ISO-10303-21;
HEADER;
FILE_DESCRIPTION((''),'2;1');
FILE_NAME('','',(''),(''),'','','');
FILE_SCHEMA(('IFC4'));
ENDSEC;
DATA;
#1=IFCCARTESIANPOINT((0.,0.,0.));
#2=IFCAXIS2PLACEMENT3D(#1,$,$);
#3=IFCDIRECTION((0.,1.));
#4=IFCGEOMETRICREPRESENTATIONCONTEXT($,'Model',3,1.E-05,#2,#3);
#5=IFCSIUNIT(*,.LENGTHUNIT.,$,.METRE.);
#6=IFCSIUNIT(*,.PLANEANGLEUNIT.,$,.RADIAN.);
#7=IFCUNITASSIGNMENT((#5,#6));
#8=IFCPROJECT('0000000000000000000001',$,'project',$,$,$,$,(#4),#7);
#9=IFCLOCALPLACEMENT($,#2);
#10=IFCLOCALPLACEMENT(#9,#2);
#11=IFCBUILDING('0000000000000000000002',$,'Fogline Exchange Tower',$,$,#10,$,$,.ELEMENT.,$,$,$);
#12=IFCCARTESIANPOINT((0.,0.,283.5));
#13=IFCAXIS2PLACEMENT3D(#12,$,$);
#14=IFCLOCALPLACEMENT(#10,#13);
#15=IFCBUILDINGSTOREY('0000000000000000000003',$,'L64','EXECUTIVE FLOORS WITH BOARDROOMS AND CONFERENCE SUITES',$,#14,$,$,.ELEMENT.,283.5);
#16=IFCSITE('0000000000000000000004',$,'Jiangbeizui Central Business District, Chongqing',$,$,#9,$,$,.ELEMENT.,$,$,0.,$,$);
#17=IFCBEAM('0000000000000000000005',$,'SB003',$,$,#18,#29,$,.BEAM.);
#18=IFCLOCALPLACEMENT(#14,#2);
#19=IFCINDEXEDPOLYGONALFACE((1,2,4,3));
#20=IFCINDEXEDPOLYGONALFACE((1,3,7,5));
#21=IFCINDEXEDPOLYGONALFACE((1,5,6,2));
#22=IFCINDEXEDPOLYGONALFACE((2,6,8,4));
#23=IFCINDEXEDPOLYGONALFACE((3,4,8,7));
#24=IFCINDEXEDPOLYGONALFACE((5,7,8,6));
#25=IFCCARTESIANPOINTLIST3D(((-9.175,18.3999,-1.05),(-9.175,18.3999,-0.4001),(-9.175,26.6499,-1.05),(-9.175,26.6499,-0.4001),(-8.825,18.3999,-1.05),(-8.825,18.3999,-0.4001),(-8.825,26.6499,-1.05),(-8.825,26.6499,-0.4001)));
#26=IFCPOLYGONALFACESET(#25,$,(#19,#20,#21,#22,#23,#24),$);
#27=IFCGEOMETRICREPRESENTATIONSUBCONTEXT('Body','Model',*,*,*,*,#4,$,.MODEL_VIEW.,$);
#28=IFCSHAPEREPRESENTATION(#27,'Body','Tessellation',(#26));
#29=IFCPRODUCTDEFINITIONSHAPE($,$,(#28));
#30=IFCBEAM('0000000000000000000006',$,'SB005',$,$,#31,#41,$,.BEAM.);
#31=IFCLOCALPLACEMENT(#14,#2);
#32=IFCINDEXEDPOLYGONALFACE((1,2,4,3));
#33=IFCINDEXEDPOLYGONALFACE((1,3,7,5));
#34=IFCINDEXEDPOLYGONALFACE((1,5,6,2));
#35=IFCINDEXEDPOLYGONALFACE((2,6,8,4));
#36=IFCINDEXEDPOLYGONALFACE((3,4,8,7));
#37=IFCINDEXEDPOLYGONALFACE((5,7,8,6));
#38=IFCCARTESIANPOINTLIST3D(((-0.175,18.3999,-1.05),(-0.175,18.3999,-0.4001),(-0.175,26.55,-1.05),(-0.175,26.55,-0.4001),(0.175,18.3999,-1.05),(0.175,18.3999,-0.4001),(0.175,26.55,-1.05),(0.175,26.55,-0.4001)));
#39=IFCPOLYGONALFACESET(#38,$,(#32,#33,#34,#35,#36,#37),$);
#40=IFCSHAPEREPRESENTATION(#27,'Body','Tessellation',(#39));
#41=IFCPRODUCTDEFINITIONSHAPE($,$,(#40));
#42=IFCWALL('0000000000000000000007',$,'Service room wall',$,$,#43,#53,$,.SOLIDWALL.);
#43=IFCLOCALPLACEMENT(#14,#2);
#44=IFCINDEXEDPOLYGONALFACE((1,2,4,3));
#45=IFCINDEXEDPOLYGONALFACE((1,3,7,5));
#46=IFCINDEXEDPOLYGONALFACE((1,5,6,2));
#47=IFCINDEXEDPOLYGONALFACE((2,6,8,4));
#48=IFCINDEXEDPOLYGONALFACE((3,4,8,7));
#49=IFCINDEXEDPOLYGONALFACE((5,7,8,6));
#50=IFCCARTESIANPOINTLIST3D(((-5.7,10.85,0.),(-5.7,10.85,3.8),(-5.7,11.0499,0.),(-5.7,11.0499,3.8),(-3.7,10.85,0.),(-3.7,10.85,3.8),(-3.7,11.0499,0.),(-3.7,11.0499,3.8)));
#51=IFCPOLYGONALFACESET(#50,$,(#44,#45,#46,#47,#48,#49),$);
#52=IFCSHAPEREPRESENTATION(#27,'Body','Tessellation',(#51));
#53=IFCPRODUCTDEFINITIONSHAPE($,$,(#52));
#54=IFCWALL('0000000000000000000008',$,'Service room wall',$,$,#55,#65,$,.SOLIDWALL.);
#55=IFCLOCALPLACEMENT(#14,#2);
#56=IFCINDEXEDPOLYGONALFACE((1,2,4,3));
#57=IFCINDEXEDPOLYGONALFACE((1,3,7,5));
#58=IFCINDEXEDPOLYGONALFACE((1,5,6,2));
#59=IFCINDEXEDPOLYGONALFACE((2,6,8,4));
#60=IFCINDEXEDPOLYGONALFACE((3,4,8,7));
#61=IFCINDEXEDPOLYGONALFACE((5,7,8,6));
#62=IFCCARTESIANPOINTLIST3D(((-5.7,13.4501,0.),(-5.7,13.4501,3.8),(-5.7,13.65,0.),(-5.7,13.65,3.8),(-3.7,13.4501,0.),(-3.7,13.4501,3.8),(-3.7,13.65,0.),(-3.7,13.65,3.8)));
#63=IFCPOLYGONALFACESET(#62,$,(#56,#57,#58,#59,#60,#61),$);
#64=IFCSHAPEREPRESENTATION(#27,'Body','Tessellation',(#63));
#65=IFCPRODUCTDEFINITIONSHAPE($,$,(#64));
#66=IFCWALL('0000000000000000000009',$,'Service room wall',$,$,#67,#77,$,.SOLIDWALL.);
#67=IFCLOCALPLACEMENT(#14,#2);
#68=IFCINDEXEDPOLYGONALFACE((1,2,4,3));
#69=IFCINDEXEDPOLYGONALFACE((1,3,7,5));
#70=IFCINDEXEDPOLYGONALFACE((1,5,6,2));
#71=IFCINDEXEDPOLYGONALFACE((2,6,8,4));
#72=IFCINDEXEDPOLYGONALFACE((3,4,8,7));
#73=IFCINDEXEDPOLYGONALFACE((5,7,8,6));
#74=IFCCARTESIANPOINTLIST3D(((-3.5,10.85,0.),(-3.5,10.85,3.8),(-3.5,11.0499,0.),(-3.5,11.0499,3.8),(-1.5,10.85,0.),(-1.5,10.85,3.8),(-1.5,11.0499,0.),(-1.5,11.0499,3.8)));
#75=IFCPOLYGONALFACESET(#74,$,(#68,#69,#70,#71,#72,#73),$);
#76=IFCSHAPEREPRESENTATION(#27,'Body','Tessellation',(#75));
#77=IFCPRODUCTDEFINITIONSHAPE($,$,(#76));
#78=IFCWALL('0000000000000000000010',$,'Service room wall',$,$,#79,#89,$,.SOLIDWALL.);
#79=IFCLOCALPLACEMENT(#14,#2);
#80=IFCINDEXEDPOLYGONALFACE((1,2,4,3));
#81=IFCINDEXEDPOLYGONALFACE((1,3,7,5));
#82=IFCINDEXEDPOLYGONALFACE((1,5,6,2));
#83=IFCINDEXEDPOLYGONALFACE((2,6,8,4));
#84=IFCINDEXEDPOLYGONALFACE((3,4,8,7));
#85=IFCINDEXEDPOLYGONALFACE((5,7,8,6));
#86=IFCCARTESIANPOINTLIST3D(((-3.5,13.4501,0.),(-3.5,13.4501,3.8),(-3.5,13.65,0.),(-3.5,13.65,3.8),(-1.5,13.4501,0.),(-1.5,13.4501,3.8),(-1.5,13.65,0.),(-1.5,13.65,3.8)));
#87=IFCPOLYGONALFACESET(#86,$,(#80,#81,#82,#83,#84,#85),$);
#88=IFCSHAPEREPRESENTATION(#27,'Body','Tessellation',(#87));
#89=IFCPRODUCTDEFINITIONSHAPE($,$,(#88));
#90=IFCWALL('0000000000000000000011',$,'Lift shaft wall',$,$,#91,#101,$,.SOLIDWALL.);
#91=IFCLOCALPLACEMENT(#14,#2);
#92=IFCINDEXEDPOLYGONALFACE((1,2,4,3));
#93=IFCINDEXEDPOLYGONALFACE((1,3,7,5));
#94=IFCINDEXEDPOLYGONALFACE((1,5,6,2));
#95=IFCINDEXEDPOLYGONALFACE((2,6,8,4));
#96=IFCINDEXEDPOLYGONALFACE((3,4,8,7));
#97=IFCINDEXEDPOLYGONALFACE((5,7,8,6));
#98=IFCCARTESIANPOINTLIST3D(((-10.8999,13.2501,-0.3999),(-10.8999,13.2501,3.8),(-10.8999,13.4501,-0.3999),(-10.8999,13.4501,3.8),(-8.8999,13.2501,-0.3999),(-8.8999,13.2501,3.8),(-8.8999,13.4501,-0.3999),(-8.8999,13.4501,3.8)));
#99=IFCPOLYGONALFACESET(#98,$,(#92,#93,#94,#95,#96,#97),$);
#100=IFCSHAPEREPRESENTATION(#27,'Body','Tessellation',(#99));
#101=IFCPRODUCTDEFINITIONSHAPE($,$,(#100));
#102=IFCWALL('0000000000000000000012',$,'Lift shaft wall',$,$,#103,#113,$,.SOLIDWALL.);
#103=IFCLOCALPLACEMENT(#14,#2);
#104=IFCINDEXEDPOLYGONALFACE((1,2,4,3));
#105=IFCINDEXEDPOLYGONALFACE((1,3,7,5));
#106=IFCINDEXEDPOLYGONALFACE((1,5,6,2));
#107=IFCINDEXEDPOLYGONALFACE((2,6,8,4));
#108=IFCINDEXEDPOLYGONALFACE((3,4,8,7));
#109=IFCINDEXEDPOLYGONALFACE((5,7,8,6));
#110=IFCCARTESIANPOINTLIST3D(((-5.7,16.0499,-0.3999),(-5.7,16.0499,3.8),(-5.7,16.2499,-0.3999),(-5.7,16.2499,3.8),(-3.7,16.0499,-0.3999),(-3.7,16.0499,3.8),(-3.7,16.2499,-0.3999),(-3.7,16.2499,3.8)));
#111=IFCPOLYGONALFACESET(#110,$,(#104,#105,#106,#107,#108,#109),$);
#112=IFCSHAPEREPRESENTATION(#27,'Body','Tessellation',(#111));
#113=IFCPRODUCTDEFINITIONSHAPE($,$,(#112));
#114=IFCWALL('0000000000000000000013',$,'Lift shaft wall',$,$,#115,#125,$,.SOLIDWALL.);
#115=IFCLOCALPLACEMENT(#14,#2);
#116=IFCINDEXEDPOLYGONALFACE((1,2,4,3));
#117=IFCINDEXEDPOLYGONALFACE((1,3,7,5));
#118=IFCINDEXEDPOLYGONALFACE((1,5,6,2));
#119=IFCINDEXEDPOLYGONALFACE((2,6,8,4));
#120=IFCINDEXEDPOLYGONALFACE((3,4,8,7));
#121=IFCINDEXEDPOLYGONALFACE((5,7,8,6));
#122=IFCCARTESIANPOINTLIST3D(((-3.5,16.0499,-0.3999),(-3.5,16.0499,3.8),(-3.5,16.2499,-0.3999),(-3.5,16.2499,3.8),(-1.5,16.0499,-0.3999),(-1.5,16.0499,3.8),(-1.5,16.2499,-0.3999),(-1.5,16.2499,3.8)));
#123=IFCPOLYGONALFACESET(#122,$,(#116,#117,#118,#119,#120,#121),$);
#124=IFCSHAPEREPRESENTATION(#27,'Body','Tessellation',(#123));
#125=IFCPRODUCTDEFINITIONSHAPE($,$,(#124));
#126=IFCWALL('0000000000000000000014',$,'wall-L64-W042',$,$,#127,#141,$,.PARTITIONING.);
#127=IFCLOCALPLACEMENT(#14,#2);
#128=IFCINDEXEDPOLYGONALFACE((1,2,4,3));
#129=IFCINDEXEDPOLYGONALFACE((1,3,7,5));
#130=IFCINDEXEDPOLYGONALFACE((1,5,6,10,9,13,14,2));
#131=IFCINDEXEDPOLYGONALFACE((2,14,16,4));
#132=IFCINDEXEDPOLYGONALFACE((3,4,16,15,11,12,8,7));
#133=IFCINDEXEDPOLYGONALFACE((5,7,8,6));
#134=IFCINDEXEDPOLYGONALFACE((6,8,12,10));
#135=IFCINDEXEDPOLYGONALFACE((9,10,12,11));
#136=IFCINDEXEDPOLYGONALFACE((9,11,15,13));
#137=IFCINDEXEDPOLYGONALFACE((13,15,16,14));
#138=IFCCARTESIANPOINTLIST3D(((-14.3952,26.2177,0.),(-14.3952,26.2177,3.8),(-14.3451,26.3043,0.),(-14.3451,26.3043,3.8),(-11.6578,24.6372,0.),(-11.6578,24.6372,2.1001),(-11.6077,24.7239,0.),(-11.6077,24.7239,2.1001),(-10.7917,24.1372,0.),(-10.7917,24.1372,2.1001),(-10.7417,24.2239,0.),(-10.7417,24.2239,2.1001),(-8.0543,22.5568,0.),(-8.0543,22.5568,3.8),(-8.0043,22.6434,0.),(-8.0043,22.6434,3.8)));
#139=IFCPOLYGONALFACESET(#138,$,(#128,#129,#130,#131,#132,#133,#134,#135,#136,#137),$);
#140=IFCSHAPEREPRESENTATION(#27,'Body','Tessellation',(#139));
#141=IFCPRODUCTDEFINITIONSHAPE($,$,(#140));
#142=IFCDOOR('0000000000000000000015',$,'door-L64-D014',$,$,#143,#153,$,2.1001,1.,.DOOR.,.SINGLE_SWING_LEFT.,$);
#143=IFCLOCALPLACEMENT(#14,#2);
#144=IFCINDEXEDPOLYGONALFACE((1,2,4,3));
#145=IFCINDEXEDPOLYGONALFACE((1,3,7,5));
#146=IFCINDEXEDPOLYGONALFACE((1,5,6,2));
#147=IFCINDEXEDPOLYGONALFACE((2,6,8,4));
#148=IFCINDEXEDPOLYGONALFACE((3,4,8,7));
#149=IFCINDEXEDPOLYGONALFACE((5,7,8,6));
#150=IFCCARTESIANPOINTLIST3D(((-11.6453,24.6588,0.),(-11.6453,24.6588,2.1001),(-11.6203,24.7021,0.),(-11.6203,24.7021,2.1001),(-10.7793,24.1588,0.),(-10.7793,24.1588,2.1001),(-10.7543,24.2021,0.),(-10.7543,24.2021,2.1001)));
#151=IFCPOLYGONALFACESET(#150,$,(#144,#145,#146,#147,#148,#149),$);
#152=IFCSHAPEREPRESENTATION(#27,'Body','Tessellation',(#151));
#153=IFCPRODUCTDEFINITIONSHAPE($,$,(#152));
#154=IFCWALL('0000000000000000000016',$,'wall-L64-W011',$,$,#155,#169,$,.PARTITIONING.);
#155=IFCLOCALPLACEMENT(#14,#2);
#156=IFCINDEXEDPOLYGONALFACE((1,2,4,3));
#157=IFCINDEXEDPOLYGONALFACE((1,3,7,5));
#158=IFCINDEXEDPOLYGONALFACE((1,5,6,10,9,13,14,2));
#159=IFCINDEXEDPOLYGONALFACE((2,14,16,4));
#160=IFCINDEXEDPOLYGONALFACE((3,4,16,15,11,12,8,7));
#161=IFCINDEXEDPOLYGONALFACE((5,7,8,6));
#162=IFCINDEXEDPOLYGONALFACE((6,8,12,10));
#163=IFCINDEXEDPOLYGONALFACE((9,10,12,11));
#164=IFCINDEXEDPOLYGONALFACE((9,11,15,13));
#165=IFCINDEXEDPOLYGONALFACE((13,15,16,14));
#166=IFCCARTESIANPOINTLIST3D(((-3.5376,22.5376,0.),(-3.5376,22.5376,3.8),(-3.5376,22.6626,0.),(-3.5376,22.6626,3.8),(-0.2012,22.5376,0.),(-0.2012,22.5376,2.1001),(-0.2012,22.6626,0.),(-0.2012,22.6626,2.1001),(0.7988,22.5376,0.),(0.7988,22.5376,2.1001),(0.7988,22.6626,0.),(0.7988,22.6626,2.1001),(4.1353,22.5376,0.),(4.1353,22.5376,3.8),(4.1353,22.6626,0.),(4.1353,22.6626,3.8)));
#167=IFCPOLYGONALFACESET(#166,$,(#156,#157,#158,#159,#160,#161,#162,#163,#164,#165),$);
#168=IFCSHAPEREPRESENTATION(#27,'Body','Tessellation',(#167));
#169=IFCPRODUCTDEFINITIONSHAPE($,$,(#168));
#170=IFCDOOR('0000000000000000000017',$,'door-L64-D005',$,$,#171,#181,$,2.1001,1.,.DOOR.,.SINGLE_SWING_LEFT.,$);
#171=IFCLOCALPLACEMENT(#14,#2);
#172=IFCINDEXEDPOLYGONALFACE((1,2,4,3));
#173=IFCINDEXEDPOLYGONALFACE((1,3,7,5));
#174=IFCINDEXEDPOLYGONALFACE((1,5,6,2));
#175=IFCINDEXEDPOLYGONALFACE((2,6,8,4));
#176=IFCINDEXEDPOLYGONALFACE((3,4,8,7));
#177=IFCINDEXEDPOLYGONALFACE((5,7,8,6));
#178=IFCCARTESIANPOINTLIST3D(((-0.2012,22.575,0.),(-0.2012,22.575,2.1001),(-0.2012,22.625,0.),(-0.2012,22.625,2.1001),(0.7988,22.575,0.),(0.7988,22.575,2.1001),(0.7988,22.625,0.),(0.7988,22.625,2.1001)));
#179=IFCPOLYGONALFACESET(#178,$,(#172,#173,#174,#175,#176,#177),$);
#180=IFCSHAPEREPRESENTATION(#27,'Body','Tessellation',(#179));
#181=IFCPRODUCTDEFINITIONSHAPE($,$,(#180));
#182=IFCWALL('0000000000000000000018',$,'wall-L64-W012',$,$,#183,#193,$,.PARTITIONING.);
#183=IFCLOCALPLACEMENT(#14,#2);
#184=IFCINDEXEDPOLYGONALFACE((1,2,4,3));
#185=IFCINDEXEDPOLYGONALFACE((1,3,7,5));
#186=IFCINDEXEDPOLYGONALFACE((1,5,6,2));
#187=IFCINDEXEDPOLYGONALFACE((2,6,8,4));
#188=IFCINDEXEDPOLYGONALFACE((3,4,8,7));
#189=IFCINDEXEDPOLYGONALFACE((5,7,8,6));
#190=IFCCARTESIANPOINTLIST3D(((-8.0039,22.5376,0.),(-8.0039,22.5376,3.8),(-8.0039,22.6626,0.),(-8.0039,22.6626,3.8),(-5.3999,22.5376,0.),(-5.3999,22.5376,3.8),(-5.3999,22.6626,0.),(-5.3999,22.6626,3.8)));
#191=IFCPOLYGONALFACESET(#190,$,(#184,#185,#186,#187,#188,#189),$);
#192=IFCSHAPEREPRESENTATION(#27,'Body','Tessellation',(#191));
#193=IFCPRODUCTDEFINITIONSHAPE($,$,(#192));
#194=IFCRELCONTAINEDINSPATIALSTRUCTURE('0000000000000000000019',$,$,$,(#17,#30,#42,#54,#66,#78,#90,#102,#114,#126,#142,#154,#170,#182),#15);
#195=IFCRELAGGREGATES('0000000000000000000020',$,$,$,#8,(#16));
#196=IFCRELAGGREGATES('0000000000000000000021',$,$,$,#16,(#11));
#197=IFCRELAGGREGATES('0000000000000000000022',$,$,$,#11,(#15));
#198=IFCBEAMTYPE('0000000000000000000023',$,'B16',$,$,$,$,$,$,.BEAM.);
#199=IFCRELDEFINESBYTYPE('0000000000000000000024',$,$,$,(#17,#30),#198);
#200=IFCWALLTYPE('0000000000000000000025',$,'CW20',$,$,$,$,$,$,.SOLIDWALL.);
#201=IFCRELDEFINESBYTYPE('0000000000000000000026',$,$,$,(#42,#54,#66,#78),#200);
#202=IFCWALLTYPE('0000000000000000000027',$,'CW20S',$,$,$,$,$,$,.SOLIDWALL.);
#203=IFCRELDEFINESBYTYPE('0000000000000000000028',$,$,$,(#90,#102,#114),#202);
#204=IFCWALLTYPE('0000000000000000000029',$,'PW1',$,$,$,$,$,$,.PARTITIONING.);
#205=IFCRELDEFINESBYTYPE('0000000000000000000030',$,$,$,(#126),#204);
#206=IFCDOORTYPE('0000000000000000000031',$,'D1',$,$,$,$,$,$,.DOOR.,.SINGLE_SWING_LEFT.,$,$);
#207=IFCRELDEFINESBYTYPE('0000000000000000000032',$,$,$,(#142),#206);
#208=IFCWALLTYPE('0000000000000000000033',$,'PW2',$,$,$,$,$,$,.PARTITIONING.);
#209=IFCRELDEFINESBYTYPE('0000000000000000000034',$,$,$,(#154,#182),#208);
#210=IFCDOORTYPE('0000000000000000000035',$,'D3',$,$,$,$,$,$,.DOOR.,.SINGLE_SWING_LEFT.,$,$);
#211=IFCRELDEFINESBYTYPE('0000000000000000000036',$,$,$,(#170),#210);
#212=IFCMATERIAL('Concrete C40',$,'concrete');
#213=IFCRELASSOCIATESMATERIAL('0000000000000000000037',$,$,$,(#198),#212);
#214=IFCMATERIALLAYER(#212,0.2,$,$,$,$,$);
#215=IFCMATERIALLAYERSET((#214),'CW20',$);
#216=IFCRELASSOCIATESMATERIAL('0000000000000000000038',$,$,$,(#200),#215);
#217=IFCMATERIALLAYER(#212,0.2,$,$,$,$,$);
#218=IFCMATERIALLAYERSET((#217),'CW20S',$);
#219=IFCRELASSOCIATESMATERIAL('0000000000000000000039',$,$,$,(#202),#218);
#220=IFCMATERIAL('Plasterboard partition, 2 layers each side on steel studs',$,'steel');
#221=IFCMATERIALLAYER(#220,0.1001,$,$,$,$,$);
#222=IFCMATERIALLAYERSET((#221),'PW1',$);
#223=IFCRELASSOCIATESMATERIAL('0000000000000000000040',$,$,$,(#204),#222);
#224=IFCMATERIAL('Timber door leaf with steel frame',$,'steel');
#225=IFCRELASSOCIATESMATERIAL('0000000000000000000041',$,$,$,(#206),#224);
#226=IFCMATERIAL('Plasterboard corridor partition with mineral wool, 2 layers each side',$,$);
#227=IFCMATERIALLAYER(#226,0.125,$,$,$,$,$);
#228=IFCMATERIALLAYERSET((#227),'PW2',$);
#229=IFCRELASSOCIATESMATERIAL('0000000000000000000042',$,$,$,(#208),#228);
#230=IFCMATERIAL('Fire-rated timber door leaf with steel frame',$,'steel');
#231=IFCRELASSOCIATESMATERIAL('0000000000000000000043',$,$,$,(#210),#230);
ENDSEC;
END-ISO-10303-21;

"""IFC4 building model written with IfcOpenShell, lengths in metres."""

from ifc_helpers import new_model, si_unit, direction, frame, frame_2d, origin, origin_2d, place, context, subcontext, project, spatial, rectangle, extrude, material, layer, layer_set, material_profile, profile_set, type_object, element, fill, save


model = new_model("IFC4")

# Units and contexts
model_context = context("Model", 3, precision=1e-05, world=origin(), true_north=direction((0.0, 1.0)))
body_context = subcontext(model_context, "Body", "Model", "MODEL_VIEW")
ifc_project = project(units=[si_unit("LENGTHUNIT", "METRE"), si_unit("PLANEANGLEUNIT", "RADIAN")], contexts=[model_context])

# Site, building, storey
site_placement = place(None, origin())
site = spatial("IfcSite", under=ifc_project, at=site_placement, Name="Jiangbeizui Central Business District, Chongqing", CompositionType="ELEMENT", RefElevation=0.0)
building_placement = place(site_placement, origin())
building = spatial("IfcBuilding", under=site, at=building_placement, Name="Fogline Exchange Tower", CompositionType="ELEMENT")
storey_placement = place(building_placement, frame((0.0, 0.0, 283.5)))
storey = spatial("IfcBuildingStorey", under=building, at=storey_placement, Name="L64", Description="EXECUTIVE FLOORS WITH BOARDROOMS AND CONFERENCE SUITES", CompositionType="ELEMENT", Elevation=283.5)

# Beams
ifc_material_1 = material(Name="Concrete C40", Category="concrete")
ifc_material_profile = material_profile(ifc_material_1, rectangle(XDim=0.3501, YDim=0.6499, at=origin_2d()), Name="RC 350x650")
ifc_profile_set = profile_set([ifc_material_profile], Name="Concrete C40")
beam_type = type_object("IfcBeamType", Name="B16", PredefinedType="BEAM", material=ifc_profile_set)
beam_1_placement = place(storey_placement, frame((-9.0, 18.3999, -0.7251), z_axis=(0.0, 1.0, 0.0), x_axis=(-1.0, 0.0, 0.0)))
element("IfcBeam", 1, at=beam_1_placement, inside=storey, type_object=beam_type, Name="SB003", PredefinedType="BEAM", context=body_context, shape_type="SweptSolid", body=[
    extrude(rectangle(XDim=0.3501, YDim=0.6499, at=origin_2d()), origin(), (0.0, 0.0, 1.0), 8.25),
])
beam_2_placement = place(storey_placement, frame((0.0, 18.3999, -0.7251), z_axis=(0.0, 1.0, 0.0), x_axis=(-1.0, 0.0, 0.0)))
element("IfcBeam", 2, at=beam_2_placement, inside=storey, type_object=beam_type, Name="SB005", PredefinedType="BEAM", context=body_context, shape_type="SweptSolid", body=[
    extrude(rectangle(XDim=0.3501, YDim=0.6499, at=origin_2d()), origin(), (0.0, 0.0, 1.0), 8.1501),
])

# Walls
ifc_layer_1 = layer(ifc_material_1, 0.2)
ifc_layer_set_1 = layer_set([ifc_layer_1], Name="CW20")
wall_type_1 = type_object("IfcWallType", Name="CW20", PredefinedType="SOLIDWALL", material=ifc_layer_set_1)
for number, where, z_axis, x_axis, name in (
    (3, (-5.7, 10.95, 0.0), (0.0, 0.0, 1.0), (1.0, 0.0, 0.0), "Service room wall"),
    (4, (-5.7, 13.55, 0.0), (0.0, 0.0, 1.0), (1.0, 0.0, 0.0), "Service room wall"),
    (5, (-3.5, 10.95, 0.0), (0.0, 0.0, 1.0), (1.0, 0.0, 0.0), "Service room wall"),
    (6, (-3.5, 13.55, 0.0), (0.0, 0.0, 1.0), (1.0, 0.0, 0.0), "Service room wall"),
):
    element("IfcWall", number, at=place(storey_placement, frame(where, z_axis=z_axis, x_axis=x_axis)), inside=storey, type_object=wall_type_1, Name=name, PredefinedType="SOLIDWALL", context=body_context, shape_type="SweptSolid", body=[
        extrude(rectangle(XDim=2.0, YDim=0.2, at=frame_2d((1.0, 0.0))), origin(), (0.0, 0.0, 1.0), 3.8),
    ])
ifc_layer_2 = layer(ifc_material_1, 0.2)
ifc_layer_set_2 = layer_set([ifc_layer_2], Name="CW20S")
wall_type_2 = type_object("IfcWallType", Name="CW20S", PredefinedType="SOLIDWALL", material=ifc_layer_set_2)
for number, where, z_axis, x_axis, name in (
    (7, (-10.8999, 13.3501, -0.3999), (0.0, 0.0, 1.0), (1.0, 0.0, 0.0), "Lift shaft wall"),
    (8, (-5.7, 16.1499, -0.3999), (0.0, 0.0, 1.0), (1.0, 0.0, 0.0), "Lift shaft wall"),
    (9, (-3.5, 16.1499, -0.3999), (0.0, 0.0, 1.0), (1.0, 0.0, 0.0), "Lift shaft wall"),
):
    element("IfcWall", number, at=place(storey_placement, frame(where, z_axis=z_axis, x_axis=x_axis)), inside=storey, type_object=wall_type_2, Name=name, PredefinedType="SOLIDWALL", context=body_context, shape_type="SweptSolid", body=[
        extrude(rectangle(XDim=2.0, YDim=0.2, at=frame_2d((1.0, 0.0))), origin(), (0.0, 0.0, 1.0), 4.2),
    ])

# Walls, openings, doors
ifc_material_2 = material(Name="Plasterboard partition, 2 layers each side on steel studs", Category="steel")
ifc_layer_3 = layer(ifc_material_2, 0.1001)
ifc_layer_set_3 = layer_set([ifc_layer_3], Name="PW1")
wall_type_3 = type_object("IfcWallType", Name="PW1", PredefinedType="PARTITIONING", material=ifc_layer_set_3)
wall_1_placement = place(storey_placement, frame((-8.0293, 22.6001, 0.0), z_axis=(0.0, 0.0, 1.0), x_axis=(-0.866025, 0.500001, 0.0)))
wall_1 = element("IfcWall", 10, at=wall_1_placement, inside=storey, type_object=wall_type_3, Name="wall-L64-W042", PredefinedType="PARTITIONING", context=body_context, shape_type="SweptSolid", body=[
    extrude(rectangle(XDim=7.3218, YDim=0.1001, at=frame_2d((3.6609, 0.0))), origin(), (0.0, 0.0, 1.0), 3.8),
])
opening_1_placement = place(wall_1_placement, frame((3.1609, 0.0, 0.0)))
opening_1 = element("IfcOpeningElement", 11, at=opening_1_placement, cuts=wall_1, PredefinedType="OPENING", context=body_context, shape_type="SweptSolid", body=[
    extrude(rectangle(XDim=1.0, YDim=2.1001, at=frame_2d((0.5, 1.05))), frame((0.0, 0.0601, 0.0), z_axis=(0.0, -1.0, 0.0), x_axis=(1.0, 0.0, 0.0)), (0.0, 0.0, 1.0), 0.1201),
])
ifc_material_3 = material(Name="Timber door leaf with steel frame", Category="steel")
door_type_1 = type_object("IfcDoorType", Name="D1", OperationType="SINGLE_SWING_LEFT", PredefinedType="DOOR", material=ifc_material_3)
door_1_placement = place(opening_1_placement, frame((1.0, 0.0, 0.0), z_axis=(0.0, 0.0, 1.0), x_axis=(-1.0, 0.0, 0.0)))
door_1 = element("IfcDoor", 12, at=door_1_placement, inside=storey, type_object=door_type_1, Name="door-L64-D014", OperationType="SINGLE_SWING_LEFT", OverallHeight=2.1001, OverallWidth=1.0, PredefinedType="DOOR", context=body_context, shape_type="SweptSolid", body=[
    extrude(rectangle(XDim=1.0, YDim=2.1001, at=frame_2d((0.5, 1.05))), frame((0.0, 0.0249, 0.0), z_axis=(0.0, -1.0, 0.0), x_axis=(1.0, 0.0, 0.0)), (0.0, 0.0, 1.0), 0.05),
])
fill(opening_1, door_1)
ifc_material_4 = material(Name="Plasterboard corridor partition with mineral wool, 2 layers each side")
ifc_layer_4 = layer(ifc_material_4, 0.125)
ifc_layer_set_4 = layer_set([ifc_layer_4], Name="PW2")
wall_type_4 = type_object("IfcWallType", Name="PW2", PredefinedType="PARTITIONING", material=ifc_layer_set_4)
wall_2_placement = place(storey_placement, frame((-3.5376, 22.6001, 0.0), z_axis=(0.0, 0.0, 1.0), x_axis=(1.0, 0.0, 0.0)))
wall_2 = element("IfcWall", 13, at=wall_2_placement, inside=storey, type_object=wall_type_4, Name="wall-L64-W011", PredefinedType="PARTITIONING", context=body_context, shape_type="SweptSolid", body=[
    extrude(rectangle(XDim=7.6729, YDim=0.125, at=frame_2d((3.8364, 0.0))), origin(), (0.0, 0.0, 1.0), 3.8),
])
opening_2_placement = place(wall_2_placement, frame((3.3364, 0.0, 0.0)))
opening_2 = element("IfcOpeningElement", 14, at=opening_2_placement, cuts=wall_2, PredefinedType="OPENING", context=body_context, shape_type="SweptSolid", body=[
    extrude(rectangle(XDim=1.0, YDim=2.1001, at=frame_2d((0.5, 1.05))), frame((0.0, 0.0725, 0.0), z_axis=(0.0, -1.0, 0.0), x_axis=(1.0, 0.0, 0.0)), (0.0, 0.0, 1.0), 0.145),
])
ifc_material_5 = material(Name="Fire-rated timber door leaf with steel frame", Category="steel")
door_type_2 = type_object("IfcDoorType", Name="D3", OperationType="SINGLE_SWING_LEFT", PredefinedType="DOOR", material=ifc_material_5)
door_2_placement = place(opening_2_placement, origin())
door_2 = element("IfcDoor", 15, at=door_2_placement, inside=storey, type_object=door_type_2, Name="door-L64-D005", OperationType="SINGLE_SWING_LEFT", OverallHeight=2.1001, OverallWidth=1.0, PredefinedType="DOOR", context=body_context, shape_type="SweptSolid", body=[
    extrude(rectangle(XDim=1.0, YDim=2.1001, at=frame_2d((0.5, 1.05))), frame((0.0, 0.0249, 0.0), z_axis=(0.0, -1.0, 0.0), x_axis=(1.0, 0.0, 0.0)), (0.0, 0.0, 1.0), 0.05),
])
fill(opening_2, door_2)

# Wall
wall_3_placement = place(storey_placement, frame((-8.0039, 22.6001, 0.0), z_axis=(0.0, 0.0, 1.0), x_axis=(1.0, 0.0, 0.0)))
element("IfcWall", 16, at=wall_3_placement, inside=storey, type_object=wall_type_4, Name="wall-L64-W012", PredefinedType="PARTITIONING", context=body_context, shape_type="SweptSolid", body=[
    extrude(rectangle(XDim=2.604, YDim=0.125, at=frame_2d((1.302, 0.0))), origin(), (0.0, 0.0, 1.0), 3.8),
])

save(model, "model.ifc")
